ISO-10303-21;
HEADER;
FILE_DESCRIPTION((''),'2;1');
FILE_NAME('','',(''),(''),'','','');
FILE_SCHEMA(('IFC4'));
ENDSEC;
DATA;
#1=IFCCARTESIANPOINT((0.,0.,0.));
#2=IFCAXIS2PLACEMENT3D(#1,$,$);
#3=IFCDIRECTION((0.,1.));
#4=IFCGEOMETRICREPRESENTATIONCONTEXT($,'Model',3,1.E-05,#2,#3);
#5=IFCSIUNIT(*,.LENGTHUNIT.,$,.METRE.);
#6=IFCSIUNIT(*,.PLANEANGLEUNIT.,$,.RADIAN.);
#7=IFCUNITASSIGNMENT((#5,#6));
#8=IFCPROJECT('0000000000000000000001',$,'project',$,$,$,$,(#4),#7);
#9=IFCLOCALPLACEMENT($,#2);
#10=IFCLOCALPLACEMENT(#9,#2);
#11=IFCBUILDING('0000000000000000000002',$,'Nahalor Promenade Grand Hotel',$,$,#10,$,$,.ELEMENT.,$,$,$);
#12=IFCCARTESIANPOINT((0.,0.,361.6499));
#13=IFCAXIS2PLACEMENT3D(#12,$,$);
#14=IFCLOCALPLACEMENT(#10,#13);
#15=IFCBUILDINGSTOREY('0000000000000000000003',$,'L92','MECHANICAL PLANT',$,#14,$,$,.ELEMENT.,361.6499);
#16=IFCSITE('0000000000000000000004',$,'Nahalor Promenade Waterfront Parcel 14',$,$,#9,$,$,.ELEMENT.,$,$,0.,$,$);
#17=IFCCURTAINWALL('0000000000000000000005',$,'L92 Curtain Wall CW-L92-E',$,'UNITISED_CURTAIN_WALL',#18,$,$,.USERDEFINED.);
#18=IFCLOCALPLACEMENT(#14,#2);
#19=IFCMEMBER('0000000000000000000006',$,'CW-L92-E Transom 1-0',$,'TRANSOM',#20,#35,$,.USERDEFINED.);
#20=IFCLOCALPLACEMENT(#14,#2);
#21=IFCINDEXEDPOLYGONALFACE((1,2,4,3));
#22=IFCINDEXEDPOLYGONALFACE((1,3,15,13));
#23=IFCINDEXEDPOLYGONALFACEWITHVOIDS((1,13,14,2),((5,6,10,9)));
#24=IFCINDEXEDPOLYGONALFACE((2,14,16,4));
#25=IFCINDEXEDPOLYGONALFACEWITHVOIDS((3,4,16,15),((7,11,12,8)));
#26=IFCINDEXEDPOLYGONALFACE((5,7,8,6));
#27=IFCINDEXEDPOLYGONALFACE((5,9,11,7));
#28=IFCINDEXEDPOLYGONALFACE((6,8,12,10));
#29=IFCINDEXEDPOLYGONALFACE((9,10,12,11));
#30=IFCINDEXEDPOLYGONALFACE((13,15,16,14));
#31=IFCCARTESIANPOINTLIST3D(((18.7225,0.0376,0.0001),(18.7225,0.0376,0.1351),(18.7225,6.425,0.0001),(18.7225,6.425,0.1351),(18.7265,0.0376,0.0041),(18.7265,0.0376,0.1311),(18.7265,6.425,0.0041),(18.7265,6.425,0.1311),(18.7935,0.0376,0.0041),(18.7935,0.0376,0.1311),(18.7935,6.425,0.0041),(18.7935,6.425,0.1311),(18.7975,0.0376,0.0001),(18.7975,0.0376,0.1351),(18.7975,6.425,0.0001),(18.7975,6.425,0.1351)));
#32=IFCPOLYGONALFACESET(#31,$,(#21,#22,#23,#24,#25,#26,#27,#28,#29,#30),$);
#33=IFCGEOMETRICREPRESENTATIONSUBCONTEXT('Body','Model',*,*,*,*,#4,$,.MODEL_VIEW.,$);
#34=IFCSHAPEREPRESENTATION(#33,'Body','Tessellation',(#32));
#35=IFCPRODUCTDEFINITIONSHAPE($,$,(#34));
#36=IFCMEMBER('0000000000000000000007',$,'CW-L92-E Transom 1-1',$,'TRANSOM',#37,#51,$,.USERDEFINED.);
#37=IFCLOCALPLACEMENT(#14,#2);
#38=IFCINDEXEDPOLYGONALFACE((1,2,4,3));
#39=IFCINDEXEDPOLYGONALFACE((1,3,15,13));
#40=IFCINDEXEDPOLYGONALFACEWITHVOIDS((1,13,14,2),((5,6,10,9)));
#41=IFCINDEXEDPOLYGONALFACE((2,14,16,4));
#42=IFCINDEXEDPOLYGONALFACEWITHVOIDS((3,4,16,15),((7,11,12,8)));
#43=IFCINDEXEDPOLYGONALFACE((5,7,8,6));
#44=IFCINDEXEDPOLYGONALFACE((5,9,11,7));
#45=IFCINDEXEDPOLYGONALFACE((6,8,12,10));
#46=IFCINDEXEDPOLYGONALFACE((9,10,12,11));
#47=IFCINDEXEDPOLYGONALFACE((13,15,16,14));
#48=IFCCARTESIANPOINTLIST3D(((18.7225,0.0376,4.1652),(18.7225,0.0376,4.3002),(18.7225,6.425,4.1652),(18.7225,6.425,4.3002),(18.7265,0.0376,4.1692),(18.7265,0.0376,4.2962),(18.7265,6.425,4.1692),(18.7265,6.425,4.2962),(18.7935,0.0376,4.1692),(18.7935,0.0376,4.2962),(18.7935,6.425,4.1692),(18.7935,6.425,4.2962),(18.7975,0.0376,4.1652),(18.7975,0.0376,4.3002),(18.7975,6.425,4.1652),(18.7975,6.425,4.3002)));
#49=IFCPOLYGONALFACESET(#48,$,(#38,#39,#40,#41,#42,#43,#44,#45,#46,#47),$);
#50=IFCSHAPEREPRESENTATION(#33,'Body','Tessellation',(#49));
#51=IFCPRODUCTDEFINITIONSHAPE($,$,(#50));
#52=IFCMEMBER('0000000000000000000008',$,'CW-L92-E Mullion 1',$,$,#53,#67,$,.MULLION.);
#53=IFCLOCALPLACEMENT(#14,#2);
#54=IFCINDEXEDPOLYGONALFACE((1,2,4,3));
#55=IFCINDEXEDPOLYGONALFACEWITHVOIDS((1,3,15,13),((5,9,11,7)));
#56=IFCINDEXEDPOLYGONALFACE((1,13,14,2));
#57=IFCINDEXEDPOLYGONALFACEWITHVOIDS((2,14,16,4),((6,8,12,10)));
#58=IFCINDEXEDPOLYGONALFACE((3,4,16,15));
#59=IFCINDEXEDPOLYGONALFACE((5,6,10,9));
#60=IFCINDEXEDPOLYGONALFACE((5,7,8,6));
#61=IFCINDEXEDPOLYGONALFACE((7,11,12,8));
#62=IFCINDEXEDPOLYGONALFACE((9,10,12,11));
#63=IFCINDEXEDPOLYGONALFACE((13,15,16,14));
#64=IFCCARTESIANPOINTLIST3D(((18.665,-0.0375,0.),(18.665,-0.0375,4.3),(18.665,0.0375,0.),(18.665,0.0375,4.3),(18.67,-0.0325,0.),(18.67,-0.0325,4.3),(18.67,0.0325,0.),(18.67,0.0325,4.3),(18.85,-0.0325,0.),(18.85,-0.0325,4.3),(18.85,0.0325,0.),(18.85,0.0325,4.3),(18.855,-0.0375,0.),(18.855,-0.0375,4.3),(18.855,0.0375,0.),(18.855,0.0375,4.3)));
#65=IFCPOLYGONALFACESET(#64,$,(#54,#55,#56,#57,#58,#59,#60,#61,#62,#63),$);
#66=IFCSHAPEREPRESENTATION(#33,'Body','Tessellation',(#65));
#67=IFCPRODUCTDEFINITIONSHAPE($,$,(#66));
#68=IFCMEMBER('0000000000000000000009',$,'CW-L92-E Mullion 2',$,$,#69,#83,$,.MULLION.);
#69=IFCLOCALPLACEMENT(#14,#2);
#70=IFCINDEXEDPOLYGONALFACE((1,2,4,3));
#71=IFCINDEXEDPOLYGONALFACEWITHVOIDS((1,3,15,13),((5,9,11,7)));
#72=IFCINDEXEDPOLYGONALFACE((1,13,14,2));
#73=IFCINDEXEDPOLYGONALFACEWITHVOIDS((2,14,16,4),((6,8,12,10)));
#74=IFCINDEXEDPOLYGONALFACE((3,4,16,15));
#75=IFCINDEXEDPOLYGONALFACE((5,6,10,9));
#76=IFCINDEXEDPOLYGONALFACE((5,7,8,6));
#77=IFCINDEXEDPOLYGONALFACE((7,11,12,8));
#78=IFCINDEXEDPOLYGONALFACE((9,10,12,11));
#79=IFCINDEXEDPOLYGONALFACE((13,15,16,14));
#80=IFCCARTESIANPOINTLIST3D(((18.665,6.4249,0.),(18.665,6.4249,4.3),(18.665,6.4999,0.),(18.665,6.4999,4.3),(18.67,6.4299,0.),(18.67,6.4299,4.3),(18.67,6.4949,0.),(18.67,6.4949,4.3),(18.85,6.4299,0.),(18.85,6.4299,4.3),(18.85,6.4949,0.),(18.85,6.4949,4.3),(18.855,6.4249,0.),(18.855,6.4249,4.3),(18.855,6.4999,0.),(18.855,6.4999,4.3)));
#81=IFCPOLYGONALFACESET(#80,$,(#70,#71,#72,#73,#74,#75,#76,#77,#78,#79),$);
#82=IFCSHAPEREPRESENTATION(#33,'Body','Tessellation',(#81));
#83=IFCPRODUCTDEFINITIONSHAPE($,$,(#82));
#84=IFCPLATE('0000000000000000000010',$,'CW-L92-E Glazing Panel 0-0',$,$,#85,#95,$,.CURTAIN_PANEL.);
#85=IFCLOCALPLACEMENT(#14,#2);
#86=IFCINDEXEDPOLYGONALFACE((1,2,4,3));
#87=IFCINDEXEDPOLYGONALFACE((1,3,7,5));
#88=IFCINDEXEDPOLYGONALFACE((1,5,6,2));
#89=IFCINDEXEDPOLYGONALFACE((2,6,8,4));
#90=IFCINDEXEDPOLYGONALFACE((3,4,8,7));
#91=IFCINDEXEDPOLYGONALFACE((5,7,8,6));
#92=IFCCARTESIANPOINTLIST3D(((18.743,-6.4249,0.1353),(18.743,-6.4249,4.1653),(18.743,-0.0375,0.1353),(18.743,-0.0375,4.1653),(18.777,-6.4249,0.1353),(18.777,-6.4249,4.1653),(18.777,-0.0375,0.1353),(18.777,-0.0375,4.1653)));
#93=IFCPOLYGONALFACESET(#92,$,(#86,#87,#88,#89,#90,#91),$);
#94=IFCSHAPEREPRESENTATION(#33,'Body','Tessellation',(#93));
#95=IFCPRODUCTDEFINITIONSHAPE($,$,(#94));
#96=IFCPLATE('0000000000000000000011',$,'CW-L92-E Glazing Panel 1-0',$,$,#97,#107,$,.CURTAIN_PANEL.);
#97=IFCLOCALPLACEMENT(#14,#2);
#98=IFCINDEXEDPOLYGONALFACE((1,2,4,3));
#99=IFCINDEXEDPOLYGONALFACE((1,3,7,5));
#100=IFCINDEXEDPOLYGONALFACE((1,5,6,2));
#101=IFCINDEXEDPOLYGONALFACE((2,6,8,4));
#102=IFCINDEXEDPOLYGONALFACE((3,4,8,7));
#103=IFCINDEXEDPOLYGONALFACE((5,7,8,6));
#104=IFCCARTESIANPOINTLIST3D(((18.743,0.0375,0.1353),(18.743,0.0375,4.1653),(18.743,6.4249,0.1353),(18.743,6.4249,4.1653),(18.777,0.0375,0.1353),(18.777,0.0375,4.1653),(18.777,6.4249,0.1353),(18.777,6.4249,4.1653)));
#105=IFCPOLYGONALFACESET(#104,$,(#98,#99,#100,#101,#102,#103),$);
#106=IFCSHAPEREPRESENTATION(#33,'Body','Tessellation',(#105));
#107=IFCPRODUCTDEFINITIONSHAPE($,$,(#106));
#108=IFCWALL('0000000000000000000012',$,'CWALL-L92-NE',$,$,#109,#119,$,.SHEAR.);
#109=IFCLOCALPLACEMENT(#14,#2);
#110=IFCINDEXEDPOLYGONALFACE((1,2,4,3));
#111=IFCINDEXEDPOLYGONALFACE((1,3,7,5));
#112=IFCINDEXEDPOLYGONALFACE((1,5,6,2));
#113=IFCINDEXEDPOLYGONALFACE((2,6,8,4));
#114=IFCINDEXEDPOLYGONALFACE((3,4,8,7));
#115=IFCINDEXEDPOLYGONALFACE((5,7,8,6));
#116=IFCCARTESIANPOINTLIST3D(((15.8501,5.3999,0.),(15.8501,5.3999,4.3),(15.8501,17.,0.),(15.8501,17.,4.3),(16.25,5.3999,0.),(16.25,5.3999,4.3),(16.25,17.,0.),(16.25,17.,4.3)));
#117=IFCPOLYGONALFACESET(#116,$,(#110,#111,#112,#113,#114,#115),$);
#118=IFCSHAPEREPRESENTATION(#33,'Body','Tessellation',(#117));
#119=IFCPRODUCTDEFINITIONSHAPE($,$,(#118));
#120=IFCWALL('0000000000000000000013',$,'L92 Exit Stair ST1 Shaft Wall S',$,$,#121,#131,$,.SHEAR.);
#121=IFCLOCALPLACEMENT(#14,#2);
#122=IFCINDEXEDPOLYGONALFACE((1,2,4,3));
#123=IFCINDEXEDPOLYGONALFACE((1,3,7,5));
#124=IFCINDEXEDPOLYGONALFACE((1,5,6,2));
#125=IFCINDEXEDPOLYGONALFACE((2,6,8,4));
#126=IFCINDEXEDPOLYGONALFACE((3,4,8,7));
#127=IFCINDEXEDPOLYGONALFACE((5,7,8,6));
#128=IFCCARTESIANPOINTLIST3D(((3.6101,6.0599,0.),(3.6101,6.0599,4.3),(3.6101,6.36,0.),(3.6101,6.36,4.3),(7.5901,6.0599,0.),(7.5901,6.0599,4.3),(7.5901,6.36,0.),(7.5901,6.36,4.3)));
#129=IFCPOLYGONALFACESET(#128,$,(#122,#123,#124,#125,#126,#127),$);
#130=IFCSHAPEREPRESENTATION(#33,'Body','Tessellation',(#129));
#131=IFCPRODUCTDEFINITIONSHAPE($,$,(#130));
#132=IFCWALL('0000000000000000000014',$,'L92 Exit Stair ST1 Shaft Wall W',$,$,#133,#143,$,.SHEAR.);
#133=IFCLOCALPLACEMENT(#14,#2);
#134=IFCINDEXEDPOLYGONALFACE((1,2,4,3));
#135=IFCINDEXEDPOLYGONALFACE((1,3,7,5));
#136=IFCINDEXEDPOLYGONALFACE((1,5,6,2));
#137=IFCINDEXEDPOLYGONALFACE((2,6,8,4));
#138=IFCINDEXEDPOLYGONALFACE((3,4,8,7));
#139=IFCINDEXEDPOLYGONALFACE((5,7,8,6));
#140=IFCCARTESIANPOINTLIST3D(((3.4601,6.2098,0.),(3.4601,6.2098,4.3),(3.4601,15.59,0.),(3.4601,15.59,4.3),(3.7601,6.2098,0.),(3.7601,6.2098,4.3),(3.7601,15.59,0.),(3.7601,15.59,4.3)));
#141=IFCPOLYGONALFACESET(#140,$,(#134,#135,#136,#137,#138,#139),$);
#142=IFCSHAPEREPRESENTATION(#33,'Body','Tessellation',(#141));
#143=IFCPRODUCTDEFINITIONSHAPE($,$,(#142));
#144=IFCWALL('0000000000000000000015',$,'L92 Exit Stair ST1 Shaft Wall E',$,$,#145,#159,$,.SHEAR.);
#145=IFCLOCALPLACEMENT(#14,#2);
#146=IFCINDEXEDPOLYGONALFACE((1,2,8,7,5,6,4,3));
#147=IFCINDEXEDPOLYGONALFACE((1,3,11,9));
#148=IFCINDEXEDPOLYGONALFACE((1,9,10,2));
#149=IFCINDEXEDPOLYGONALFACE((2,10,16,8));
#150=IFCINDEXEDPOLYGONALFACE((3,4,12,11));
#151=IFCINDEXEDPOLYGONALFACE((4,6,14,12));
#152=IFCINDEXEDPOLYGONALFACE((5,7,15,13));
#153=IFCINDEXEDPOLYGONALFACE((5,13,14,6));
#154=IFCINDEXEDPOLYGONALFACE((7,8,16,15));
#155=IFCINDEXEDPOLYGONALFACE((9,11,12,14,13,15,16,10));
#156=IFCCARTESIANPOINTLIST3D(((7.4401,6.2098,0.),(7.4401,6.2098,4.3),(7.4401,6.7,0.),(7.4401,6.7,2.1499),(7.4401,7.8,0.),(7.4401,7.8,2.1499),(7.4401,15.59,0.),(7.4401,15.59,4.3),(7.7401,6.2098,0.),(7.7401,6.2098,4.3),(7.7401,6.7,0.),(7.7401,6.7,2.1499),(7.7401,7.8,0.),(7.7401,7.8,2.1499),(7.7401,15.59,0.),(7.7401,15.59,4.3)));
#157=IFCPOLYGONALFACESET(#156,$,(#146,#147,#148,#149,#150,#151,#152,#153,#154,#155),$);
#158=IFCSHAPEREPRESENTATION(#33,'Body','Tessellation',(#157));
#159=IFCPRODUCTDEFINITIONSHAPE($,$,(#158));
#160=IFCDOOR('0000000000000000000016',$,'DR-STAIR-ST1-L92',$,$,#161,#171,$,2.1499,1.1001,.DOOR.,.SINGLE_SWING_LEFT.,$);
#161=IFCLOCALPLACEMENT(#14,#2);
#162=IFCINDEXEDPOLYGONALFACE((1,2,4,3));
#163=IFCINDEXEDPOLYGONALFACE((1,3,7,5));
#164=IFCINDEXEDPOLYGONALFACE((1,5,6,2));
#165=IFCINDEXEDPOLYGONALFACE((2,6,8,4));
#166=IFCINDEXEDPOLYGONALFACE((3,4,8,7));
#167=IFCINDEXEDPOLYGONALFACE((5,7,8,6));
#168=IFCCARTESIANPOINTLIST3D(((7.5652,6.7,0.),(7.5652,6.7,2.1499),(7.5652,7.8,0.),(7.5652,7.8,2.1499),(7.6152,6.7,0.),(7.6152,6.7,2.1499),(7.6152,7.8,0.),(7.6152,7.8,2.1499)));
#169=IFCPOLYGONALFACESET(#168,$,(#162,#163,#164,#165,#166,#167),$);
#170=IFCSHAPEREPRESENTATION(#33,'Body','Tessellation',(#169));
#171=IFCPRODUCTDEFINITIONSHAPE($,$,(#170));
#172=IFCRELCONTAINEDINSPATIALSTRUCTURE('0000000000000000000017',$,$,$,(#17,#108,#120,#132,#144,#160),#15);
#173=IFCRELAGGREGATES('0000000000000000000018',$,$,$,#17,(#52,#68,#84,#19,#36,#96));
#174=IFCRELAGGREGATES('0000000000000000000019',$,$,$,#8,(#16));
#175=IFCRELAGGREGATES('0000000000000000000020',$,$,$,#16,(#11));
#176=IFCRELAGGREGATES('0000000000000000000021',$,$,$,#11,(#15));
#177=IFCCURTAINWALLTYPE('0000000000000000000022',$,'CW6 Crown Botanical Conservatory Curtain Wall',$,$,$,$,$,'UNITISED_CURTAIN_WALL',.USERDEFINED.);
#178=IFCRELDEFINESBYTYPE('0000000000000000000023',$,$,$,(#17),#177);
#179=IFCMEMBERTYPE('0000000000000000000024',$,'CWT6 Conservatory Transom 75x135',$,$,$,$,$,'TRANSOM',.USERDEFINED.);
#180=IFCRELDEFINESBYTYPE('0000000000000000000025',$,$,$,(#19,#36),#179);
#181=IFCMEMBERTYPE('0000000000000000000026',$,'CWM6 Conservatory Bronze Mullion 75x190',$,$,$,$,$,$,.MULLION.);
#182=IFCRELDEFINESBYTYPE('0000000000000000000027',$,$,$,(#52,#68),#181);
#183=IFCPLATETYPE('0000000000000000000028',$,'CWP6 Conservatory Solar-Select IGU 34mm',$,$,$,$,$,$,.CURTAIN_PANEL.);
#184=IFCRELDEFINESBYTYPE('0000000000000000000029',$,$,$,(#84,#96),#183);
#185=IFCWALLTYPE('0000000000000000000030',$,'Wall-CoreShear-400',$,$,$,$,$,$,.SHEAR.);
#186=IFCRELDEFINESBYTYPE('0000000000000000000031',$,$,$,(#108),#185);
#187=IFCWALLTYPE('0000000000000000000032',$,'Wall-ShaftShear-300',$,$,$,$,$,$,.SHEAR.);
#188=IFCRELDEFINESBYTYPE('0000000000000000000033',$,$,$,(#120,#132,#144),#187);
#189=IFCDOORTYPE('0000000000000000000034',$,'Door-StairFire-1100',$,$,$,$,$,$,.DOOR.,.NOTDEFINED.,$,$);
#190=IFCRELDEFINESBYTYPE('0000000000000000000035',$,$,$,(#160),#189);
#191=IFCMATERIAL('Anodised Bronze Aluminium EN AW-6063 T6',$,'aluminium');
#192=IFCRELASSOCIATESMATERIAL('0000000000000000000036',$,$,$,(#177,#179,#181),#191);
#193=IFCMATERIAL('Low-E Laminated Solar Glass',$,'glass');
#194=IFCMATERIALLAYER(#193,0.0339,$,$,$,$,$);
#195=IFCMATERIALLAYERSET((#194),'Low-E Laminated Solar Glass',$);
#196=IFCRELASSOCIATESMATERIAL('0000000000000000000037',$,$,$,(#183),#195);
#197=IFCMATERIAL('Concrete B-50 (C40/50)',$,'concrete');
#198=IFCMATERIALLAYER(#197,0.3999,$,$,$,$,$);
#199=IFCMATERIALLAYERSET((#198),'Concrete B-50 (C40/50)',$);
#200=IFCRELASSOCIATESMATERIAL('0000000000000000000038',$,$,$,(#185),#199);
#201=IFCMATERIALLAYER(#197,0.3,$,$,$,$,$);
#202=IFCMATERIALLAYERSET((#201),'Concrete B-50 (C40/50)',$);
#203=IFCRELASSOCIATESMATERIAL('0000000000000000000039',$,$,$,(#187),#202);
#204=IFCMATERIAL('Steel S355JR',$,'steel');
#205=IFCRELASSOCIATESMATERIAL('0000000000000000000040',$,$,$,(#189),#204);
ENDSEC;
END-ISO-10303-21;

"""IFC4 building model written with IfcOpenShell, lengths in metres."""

from ifc_helpers import new_model, si_unit, direction, frame, frame_2d, origin, origin_2d, place, context, subcontext, project, spatial, rectangle, hollow_rectangle, extrude, source, transform, mapped, material, layer, layer_set, material_profile, profile_set, type_object, element, fill, aggregate, save


model = new_model("IFC4")

# Units and contexts
model_context = context("Model", 3, precision=1e-05, world=origin(), true_north=direction((0.0, 1.0)))
body_context = subcontext(model_context, "Body", "Model", "MODEL_VIEW")
ifc_project = project(units=[si_unit("LENGTHUNIT", "METRE"), si_unit("PLANEANGLEUNIT", "RADIAN")], contexts=[model_context])

# Site, building, storey
site_placement = place(None, origin())
site = spatial("IfcSite", under=ifc_project, at=site_placement, Name="Nahalor Promenade Waterfront Parcel 14", CompositionType="ELEMENT", RefElevation=0.0)
building_placement = place(site_placement, origin())
building = spatial("IfcBuilding", under=site, at=building_placement, Name="Nahalor Promenade Grand Hotel", CompositionType="ELEMENT")
storey_placement = place(building_placement, frame((0.0, 0.0, 361.6499)))
storey = spatial("IfcBuildingStorey", under=building, at=storey_placement, Name="L92", Description="MECHANICAL PLANT", CompositionType="ELEMENT", Elevation=361.6499)

# Shared definitions
ifc_material_1 = material(Name="Concrete B-50 (C40/50)", Category="concrete")

# Shared definitions
ifc_material_2 = material(Name="Steel S355JR", Category="steel")

# Curtain wall, members, plates
ifc_material_3 = material(Name="Anodised Bronze Aluminium EN AW-6063 T6", Category="aluminium")
curtain_wall_type = type_object("IfcCurtainWallType", Name="CW6 Crown Botanical Conservatory Curtain Wall", ElementType="UNITISED_CURTAIN_WALL", PredefinedType="USERDEFINED", material=ifc_material_3)
curtain_wall_placement = place(storey_placement, origin())
curtain_wall = element("IfcCurtainWall", 1, at=curtain_wall_placement, inside=storey, type_object=curtain_wall_type, Name="L92 Curtain Wall CW-L92-E", ObjectType="UNITISED_CURTAIN_WALL", PredefinedType="USERDEFINED")
ifc_material_profile_1 = material_profile(ifc_material_3, hollow_rectangle(XDim=0.075, YDim=0.135, WallThickness=0.004, at=origin_2d()), Name="CWT 75x135x4")
ifc_profile_set_1 = profile_set([ifc_material_profile_1], Name="Anodised Bronze Aluminium EN AW-6063 T6")
member_type_1 = type_object("IfcMemberType", Name="CWT6 Conservatory Transom 75x135", ElementType="TRANSOM", PredefinedType="USERDEFINED", material=ifc_profile_set_1)
shared_shape_1 = source(origin(), body_context, "Body", "SweptSolid", [
    extrude(hollow_rectangle(XDim=0.075, YDim=0.135, WallThickness=0.004, at=origin_2d()), origin(), (0.0, 0.0, 1.0), 6.3875),
])
member_1_placement = place(storey_placement, frame((18.76, 0.0376, 0.0676), z_axis=(0.0, 1.0, 0.0), x_axis=(-1.0, 0.0, 0.0)))
member_1 = element("IfcMember", 2, at=member_1_placement, type_object=member_type_1, Name="CW-L92-E Transom 1-0", ObjectType="TRANSOM", PredefinedType="USERDEFINED", context=body_context, shape_type="MappedRepresentation", body=[
    mapped(shared_shape_1, transform((0.0, 0.0, 0.0), scale=1.0)),
])
member_2_placement = place(storey_placement, frame((18.76, 0.0376, 4.2327), z_axis=(0.0, 1.0, 0.0), x_axis=(-1.0, 0.0, 0.0)))
member_2 = element("IfcMember", 3, at=member_2_placement, type_object=member_type_1, Name="CW-L92-E Transom 1-1", ObjectType="TRANSOM", PredefinedType="USERDEFINED", context=body_context, shape_type="MappedRepresentation", body=[
    mapped(shared_shape_1, transform((0.0, 0.0, 0.0), scale=1.0)),
])
ifc_material_profile_2 = material_profile(ifc_material_3, hollow_rectangle(XDim=0.075, YDim=0.19, WallThickness=0.005, at=origin_2d()), Name="CWM 75x190x5")
ifc_profile_set_2 = profile_set([ifc_material_profile_2], Name="Anodised Bronze Aluminium EN AW-6063 T6")
member_type_2 = type_object("IfcMemberType", Name="CWM6 Conservatory Bronze Mullion 75x190", PredefinedType="MULLION", material=ifc_profile_set_2)
shared_shape_2 = source(origin(), body_context, "Body", "SweptSolid", [
    extrude(hollow_rectangle(XDim=0.075, YDim=0.19, WallThickness=0.005, at=origin_2d()), origin(), (0.0, 0.0, 1.0), 4.3),
])
member_3_placement = place(storey_placement, frame((18.76, 0.0, 0.0), z_axis=(0.0, 0.0, 1.0), x_axis=(0.0, 1.0, 0.0)))
member_3 = element("IfcMember", 4, at=member_3_placement, type_object=member_type_2, Name="CW-L92-E Mullion 1", PredefinedType="MULLION", context=body_context, shape_type="MappedRepresentation", body=[
    mapped(shared_shape_2, transform((0.0, 0.0, 0.0), scale=1.0)),
])
member_4_placement = place(storey_placement, frame((18.76, 6.4624, 0.0), z_axis=(0.0, 0.0, 1.0), x_axis=(0.0, 1.0, 0.0)))
member_4 = element("IfcMember", 5, at=member_4_placement, type_object=member_type_2, Name="CW-L92-E Mullion 2", PredefinedType="MULLION", context=body_context, shape_type="MappedRepresentation", body=[
    mapped(shared_shape_2, transform((0.0, 0.0, 0.0), scale=1.0)),
])
ifc_material_4 = material(Name="Low-E Laminated Solar Glass", Category="glass")
ifc_layer_1 = layer(ifc_material_4, 0.0339)
ifc_layer_set_1 = layer_set([ifc_layer_1], Name="Low-E Laminated Solar Glass")
plate_type = type_object("IfcPlateType", Name="CWP6 Conservatory Solar-Select IGU 34mm", PredefinedType="CURTAIN_PANEL", material=ifc_layer_set_1)
shared_shape_3 = source(origin(), body_context, "Body", "SweptSolid", [
    extrude(rectangle(XDim=6.3875, YDim=0.0339, at=origin_2d()), origin(), (0.0, 0.0, 1.0), 4.03),
])
plate_1_placement = place(storey_placement, frame((18.76, -3.2312, 0.1353), z_axis=(0.0, 0.0, 1.0), x_axis=(0.0, 1.0, 0.0)))
plate_1 = element("IfcPlate", 6, at=plate_1_placement, type_object=plate_type, Name="CW-L92-E Glazing Panel 0-0", PredefinedType="CURTAIN_PANEL", context=body_context, shape_type="MappedRepresentation", body=[
    mapped(shared_shape_3, transform((0.0, 0.0, 0.0), scale=1.0)),
])
plate_2_placement = place(storey_placement, frame((18.76, 3.2312, 0.1353), z_axis=(0.0, 0.0, 1.0), x_axis=(0.0, 1.0, 0.0)))
plate_2 = element("IfcPlate", 7, at=plate_2_placement, type_object=plate_type, Name="CW-L92-E Glazing Panel 1-0", PredefinedType="CURTAIN_PANEL", context=body_context, shape_type="MappedRepresentation", body=[
    mapped(shared_shape_3, transform((0.0, 0.0, 0.0), scale=1.0)),
])
aggregate(curtain_wall, [member_3, member_4, plate_1, member_1, member_2, plate_2])

# Walls
ifc_layer_2 = layer(ifc_material_1, 0.3999)
ifc_layer_set_2 = layer_set([ifc_layer_2], Name="Concrete B-50 (C40/50)")
wall_type_1 = type_object("IfcWallType", Name="Wall-CoreShear-400", PredefinedType="SHEAR", material=ifc_layer_set_2)
shared_shape_4 = source(origin(), body_context, "Body", "SweptSolid", [
    extrude(rectangle(XDim=11.6001, YDim=0.3999, at=frame_2d((5.8, 0.0))), origin(), (0.0, 0.0, 1.0), 4.3),
])
wall_1_placement = place(storey_placement, frame((16.05, 5.3999, 0.0), z_axis=(0.0, 0.0, 1.0), x_axis=(0.0, 1.0, 0.0)))
element("IfcWall", 8, at=wall_1_placement, inside=storey, type_object=wall_type_1, Name="CWALL-L92-NE", PredefinedType="SHEAR", context=body_context, shape_type="MappedRepresentation", body=[
    mapped(shared_shape_4, transform((0.0, 0.0, 0.0), scale=1.0)),
])
ifc_layer_3 = layer(ifc_material_1, 0.3)
ifc_layer_set_3 = layer_set([ifc_layer_3], Name="Concrete B-50 (C40/50)")
wall_type_2 = type_object("IfcWallType", Name="Wall-ShaftShear-300", PredefinedType="SHEAR", material=ifc_layer_set_3)
shared_shape_5 = source(origin(), body_context, "Body", "SweptSolid", [
    extrude(rectangle(XDim=3.98, YDim=0.3, at=frame_2d((1.99, 0.0))), origin(), (0.0, 0.0, 1.0), 4.3),
])
wall_2_placement = place(storey_placement, frame((3.6101, 6.21, 0.0), z_axis=(0.0, 0.0, 1.0), x_axis=(1.0, 0.0, 0.0)))
element("IfcWall", 9, at=wall_2_placement, inside=storey, type_object=wall_type_2, Name="L92 Exit Stair ST1 Shaft Wall S", PredefinedType="SHEAR", context=body_context, shape_type="MappedRepresentation", body=[
    mapped(shared_shape_5, transform((0.0, 0.0, 0.0), scale=1.0)),
])
shared_shape_6 = source(origin(), body_context, "Body", "SweptSolid", [
    extrude(rectangle(XDim=9.3801, YDim=0.3, at=frame_2d((4.6899, 0.0))), origin(), (0.0, 0.0, 1.0), 4.3),
])
wall_3_placement = place(storey_placement, frame((3.6101, 6.21, 0.0), z_axis=(0.0, 0.0, 1.0), x_axis=(0.0, 1.0, 0.0)))
element("IfcWall", 10, at=wall_3_placement, inside=storey, type_object=wall_type_2, Name="L92 Exit Stair ST1 Shaft Wall W", PredefinedType="SHEAR", context=body_context, shape_type="MappedRepresentation", body=[
    mapped(shared_shape_6, transform((0.0, 0.0, 0.0), scale=1.0)),
])

# Wall, opening, door
wall_4_placement = place(storey_placement, frame((7.5901, 6.21, 0.0), z_axis=(0.0, 0.0, 1.0), x_axis=(0.0, 1.0, 0.0)))
wall_4 = element("IfcWall", 11, at=wall_4_placement, inside=storey, type_object=wall_type_2, Name="L92 Exit Stair ST1 Shaft Wall E", PredefinedType="SHEAR", context=body_context, shape_type="MappedRepresentation", body=[
    mapped(shared_shape_6, transform((0.0, 0.0, 0.0), scale=1.0)),
])
opening_1_placement = place(wall_4_placement, frame((0.49, 0.0, 0.0)))
opening_1 = element("IfcOpeningElement", 12, at=opening_1_placement, cuts=wall_4, PredefinedType="OPENING", context=body_context, shape_type="SweptSolid", body=[
    extrude(rectangle(XDim=1.1001, YDim=2.1499, at=frame_2d((0.55, 1.075))), frame((0.0, 0.1599, 0.0), z_axis=(0.0, -1.0, 0.0), x_axis=(1.0, 0.0, 0.0)), (0.0, 0.0, 1.0), 0.3201),
])
door_type_1 = type_object("IfcDoorType", Name="Door-StairFire-1100", OperationType="NOTDEFINED", PredefinedType="DOOR", material=ifc_material_2)
shared_shape_7 = source(origin(), body_context, "Body", "SweptSolid", [
    extrude(rectangle(XDim=1.1001, YDim=2.1499, at=frame_2d((0.55, 1.075))), frame((0.0, 0.0249, 0.0), z_axis=(0.0, -1.0, 0.0), x_axis=(1.0, 0.0, 0.0)), (0.0, 0.0, 1.0), 0.05),
])
door_1_placement = place(opening_1_placement, origin())
door_1 = element("IfcDoor", 13, at=door_1_placement, inside=storey, type_object=door_type_1, Name="DR-STAIR-ST1-L92", OperationType="SINGLE_SWING_LEFT", OverallHeight=2.1499, OverallWidth=1.1001, PredefinedType="DOOR", context=body_context, shape_type="MappedRepresentation", body=[
    mapped(shared_shape_7, transform((0.0, 0.0, 0.0), scale=1.0)),
])
fill(opening_1, door_1)

save(model, "model.ifc")
